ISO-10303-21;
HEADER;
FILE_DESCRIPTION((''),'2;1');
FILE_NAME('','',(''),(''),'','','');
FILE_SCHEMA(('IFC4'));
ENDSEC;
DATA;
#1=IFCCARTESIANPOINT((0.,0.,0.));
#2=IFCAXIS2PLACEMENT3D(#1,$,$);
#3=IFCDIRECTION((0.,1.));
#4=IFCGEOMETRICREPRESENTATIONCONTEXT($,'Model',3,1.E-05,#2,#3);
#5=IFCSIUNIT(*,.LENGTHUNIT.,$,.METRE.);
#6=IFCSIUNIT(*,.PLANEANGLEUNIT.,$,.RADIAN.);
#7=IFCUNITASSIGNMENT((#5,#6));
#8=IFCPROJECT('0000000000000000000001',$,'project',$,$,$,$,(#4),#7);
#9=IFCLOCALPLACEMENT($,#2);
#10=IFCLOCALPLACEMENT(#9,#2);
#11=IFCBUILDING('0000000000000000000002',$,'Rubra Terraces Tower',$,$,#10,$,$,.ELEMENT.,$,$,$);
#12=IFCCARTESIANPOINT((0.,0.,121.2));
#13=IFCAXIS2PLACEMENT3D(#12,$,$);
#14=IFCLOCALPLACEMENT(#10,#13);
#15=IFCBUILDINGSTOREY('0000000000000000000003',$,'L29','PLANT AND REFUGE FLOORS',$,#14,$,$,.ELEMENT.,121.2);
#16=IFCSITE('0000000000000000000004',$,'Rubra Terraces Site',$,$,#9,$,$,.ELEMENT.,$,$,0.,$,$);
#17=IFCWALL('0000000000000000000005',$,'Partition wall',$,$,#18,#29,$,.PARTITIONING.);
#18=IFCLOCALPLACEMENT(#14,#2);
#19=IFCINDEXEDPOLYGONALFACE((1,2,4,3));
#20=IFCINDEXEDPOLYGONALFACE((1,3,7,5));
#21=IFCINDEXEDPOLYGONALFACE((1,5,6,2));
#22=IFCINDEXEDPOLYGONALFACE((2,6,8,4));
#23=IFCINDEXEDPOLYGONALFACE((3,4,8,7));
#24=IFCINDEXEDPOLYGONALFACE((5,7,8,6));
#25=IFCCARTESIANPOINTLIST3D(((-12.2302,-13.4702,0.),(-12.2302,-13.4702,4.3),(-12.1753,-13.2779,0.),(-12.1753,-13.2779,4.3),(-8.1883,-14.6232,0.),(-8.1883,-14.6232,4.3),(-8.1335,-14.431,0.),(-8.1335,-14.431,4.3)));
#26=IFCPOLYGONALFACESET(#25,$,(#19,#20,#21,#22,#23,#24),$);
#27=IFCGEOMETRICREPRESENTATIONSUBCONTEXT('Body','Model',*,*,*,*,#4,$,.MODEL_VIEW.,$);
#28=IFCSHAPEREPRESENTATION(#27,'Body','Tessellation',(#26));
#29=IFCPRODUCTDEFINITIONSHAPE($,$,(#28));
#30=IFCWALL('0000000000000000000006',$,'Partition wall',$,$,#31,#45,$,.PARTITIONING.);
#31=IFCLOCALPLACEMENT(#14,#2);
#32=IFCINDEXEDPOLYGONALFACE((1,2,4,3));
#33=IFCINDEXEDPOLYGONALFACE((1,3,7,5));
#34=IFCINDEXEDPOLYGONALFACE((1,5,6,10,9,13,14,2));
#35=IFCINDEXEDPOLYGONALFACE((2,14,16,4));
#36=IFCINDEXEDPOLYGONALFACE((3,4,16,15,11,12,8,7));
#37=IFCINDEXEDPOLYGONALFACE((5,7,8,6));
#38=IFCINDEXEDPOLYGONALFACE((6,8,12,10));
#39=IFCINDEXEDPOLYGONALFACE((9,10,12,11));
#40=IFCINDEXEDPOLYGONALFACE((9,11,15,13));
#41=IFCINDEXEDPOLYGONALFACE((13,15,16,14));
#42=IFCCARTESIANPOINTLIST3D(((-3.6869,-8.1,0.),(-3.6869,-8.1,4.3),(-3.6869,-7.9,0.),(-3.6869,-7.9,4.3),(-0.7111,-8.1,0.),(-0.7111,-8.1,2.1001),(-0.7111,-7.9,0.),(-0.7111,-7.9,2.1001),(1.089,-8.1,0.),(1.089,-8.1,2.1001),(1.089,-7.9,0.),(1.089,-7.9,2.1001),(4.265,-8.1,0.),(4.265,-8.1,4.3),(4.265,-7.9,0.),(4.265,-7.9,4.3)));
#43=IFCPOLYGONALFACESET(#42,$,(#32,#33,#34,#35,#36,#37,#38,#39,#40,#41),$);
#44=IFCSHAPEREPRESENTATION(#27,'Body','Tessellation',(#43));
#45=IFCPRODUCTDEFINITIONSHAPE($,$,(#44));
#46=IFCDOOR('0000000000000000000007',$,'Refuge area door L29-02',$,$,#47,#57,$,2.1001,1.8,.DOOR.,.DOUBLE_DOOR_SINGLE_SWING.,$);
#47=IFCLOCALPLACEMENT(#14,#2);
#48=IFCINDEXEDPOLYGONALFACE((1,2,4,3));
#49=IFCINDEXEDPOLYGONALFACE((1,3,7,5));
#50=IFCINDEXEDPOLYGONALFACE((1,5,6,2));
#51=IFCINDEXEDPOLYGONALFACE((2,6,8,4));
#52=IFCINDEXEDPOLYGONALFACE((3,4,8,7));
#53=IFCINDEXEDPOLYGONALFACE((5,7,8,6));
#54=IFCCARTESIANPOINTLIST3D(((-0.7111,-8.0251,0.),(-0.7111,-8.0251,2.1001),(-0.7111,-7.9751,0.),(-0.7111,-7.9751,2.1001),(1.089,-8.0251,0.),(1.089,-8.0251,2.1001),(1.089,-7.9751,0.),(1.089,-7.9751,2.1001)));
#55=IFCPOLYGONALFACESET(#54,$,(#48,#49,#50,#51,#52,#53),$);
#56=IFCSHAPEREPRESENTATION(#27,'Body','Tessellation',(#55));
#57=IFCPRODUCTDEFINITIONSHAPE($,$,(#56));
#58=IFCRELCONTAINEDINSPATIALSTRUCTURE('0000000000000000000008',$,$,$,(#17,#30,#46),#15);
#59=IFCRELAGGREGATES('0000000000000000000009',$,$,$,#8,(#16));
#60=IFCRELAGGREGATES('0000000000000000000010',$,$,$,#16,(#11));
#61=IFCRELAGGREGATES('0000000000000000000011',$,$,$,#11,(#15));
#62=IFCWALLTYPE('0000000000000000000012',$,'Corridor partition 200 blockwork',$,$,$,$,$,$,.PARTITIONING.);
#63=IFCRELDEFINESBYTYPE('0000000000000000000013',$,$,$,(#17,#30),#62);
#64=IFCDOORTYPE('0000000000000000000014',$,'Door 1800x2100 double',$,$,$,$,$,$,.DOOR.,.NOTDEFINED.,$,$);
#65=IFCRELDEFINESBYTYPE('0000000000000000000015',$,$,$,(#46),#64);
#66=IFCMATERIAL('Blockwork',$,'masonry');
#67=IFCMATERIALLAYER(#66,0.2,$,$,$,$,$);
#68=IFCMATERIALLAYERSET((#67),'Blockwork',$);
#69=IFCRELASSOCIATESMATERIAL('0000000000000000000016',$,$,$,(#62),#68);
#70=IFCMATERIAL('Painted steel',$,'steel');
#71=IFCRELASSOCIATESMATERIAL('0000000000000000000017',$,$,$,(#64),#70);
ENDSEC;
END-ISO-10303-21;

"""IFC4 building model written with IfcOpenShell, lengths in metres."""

from ifc_helpers import new_model, si_unit, direction, frame, frame_2d, origin, place, context, subcontext, project, spatial, rectangle, extrude, material, layer, layer_set, type_object, element, fill, save


model = new_model("IFC4")

# Units and contexts
model_context = context("Model", 3, precision=1e-05, world=origin(), true_north=direction((0.0, 1.0)))
body_context = subcontext(model_context, "Body", "Model", "MODEL_VIEW")
ifc_project = project(units=[si_unit("LENGTHUNIT", "METRE"), si_unit("PLANEANGLEUNIT", "RADIAN")], contexts=[model_context])

# Site, building, storey
site_placement = place(None, origin())
site = spatial("IfcSite", under=ifc_project, at=site_placement, Name="Rubra Terraces Site", CompositionType="ELEMENT", RefElevation=0.0)
building_placement = place(site_placement, origin())
building = spatial("IfcBuilding", under=site, at=building_placement, Name="Rubra Terraces Tower", CompositionType="ELEMENT")
storey_placement = place(building_placement, frame((0.0, 0.0, 121.2)))
storey = spatial("IfcBuildingStorey", under=building, at=storey_placement, Name="L29", Description="PLANT AND REFUGE FLOORS", CompositionType="ELEMENT", Elevation=121.2)

# Wall
ifc_material_1 = material(Name="Blockwork", Category="masonry")
ifc_layer = layer(ifc_material_1, 0.2)
ifc_layer_set = layer_set([ifc_layer], Name="Blockwork")
wall_type = type_object("IfcWallType", Name="Corridor partition 200 blockwork", PredefinedType="PARTITIONING", material=ifc_layer_set)
wall_1_placement = place(storey_placement, frame((-8.1609, -14.5271, 0.0), z_axis=(0.0, 0.0, 1.0), x_axis=(-0.961636, 0.27433, 0.0)))
element("IfcWall", 1, at=wall_1_placement, inside=storey, type_object=wall_type, Name="Partition wall", PredefinedType="PARTITIONING", context=body_context, shape_type="SweptSolid", body=[
    extrude(rectangle(XDim=4.2031, YDim=0.2, at=frame_2d((2.1016, 0.0))), origin(), (0.0, 0.0, 1.0), 4.3),
])

# Wall, opening, door
wall_2_placement = place(storey_placement, frame((-3.687, -8.0, 0.0), z_axis=(0.0, 0.0, 1.0), x_axis=(1.0, 0.0, 0.0)))
wall_2 = element("IfcWall", 2, at=wall_2_placement, inside=storey, type_object=wall_type, Name="Partition wall", PredefinedType="PARTITIONING", context=body_context, shape_type="SweptSolid", body=[
    extrude(rectangle(XDim=7.9519, YDim=0.2, at=frame_2d((3.9761, 0.0))), origin(), (0.0, 0.0, 1.0), 4.3),
])
opening_placement = place(wall_2_placement, frame((2.9761, 0.0, 0.0)))
opening = element("IfcOpeningElement", 3, at=opening_placement, cuts=wall_2, PredefinedType="OPENING", context=body_context, shape_type="SweptSolid", body=[
    extrude(rectangle(XDim=1.8, YDim=2.1001, at=frame_2d((0.8999, 1.05))), frame((0.0, 0.1099, 0.0), z_axis=(0.0, -1.0, 0.0), x_axis=(1.0, 0.0, 0.0)), (0.0, 0.0, 1.0), 0.22),
])
ifc_material_2 = material(Name="Painted steel", Category="steel")
door_type = type_object("IfcDoorType", Name="Door 1800x2100 double", OperationType="NOTDEFINED", PredefinedType="DOOR", material=ifc_material_2)
door_placement = place(opening_placement, origin())
door = element("IfcDoor", 4, at=door_placement, inside=storey, type_object=door_type, Name="Refuge area door L29-02", OperationType="DOUBLE_DOOR_SINGLE_SWING", OverallHeight=2.1001, OverallWidth=1.8, PredefinedType="DOOR", context=body_context, shape_type="SweptSolid", body=[
    extrude(rectangle(XDim=1.8, YDim=2.1001, at=frame_2d((0.8999, 1.05))), frame((0.0, 0.0249, 0.0), z_axis=(0.0, -1.0, 0.0), x_axis=(1.0, 0.0, 0.0)), (0.0, 0.0, 1.0), 0.05),
])
fill(opening, door)

save(model, "model.ifc")
